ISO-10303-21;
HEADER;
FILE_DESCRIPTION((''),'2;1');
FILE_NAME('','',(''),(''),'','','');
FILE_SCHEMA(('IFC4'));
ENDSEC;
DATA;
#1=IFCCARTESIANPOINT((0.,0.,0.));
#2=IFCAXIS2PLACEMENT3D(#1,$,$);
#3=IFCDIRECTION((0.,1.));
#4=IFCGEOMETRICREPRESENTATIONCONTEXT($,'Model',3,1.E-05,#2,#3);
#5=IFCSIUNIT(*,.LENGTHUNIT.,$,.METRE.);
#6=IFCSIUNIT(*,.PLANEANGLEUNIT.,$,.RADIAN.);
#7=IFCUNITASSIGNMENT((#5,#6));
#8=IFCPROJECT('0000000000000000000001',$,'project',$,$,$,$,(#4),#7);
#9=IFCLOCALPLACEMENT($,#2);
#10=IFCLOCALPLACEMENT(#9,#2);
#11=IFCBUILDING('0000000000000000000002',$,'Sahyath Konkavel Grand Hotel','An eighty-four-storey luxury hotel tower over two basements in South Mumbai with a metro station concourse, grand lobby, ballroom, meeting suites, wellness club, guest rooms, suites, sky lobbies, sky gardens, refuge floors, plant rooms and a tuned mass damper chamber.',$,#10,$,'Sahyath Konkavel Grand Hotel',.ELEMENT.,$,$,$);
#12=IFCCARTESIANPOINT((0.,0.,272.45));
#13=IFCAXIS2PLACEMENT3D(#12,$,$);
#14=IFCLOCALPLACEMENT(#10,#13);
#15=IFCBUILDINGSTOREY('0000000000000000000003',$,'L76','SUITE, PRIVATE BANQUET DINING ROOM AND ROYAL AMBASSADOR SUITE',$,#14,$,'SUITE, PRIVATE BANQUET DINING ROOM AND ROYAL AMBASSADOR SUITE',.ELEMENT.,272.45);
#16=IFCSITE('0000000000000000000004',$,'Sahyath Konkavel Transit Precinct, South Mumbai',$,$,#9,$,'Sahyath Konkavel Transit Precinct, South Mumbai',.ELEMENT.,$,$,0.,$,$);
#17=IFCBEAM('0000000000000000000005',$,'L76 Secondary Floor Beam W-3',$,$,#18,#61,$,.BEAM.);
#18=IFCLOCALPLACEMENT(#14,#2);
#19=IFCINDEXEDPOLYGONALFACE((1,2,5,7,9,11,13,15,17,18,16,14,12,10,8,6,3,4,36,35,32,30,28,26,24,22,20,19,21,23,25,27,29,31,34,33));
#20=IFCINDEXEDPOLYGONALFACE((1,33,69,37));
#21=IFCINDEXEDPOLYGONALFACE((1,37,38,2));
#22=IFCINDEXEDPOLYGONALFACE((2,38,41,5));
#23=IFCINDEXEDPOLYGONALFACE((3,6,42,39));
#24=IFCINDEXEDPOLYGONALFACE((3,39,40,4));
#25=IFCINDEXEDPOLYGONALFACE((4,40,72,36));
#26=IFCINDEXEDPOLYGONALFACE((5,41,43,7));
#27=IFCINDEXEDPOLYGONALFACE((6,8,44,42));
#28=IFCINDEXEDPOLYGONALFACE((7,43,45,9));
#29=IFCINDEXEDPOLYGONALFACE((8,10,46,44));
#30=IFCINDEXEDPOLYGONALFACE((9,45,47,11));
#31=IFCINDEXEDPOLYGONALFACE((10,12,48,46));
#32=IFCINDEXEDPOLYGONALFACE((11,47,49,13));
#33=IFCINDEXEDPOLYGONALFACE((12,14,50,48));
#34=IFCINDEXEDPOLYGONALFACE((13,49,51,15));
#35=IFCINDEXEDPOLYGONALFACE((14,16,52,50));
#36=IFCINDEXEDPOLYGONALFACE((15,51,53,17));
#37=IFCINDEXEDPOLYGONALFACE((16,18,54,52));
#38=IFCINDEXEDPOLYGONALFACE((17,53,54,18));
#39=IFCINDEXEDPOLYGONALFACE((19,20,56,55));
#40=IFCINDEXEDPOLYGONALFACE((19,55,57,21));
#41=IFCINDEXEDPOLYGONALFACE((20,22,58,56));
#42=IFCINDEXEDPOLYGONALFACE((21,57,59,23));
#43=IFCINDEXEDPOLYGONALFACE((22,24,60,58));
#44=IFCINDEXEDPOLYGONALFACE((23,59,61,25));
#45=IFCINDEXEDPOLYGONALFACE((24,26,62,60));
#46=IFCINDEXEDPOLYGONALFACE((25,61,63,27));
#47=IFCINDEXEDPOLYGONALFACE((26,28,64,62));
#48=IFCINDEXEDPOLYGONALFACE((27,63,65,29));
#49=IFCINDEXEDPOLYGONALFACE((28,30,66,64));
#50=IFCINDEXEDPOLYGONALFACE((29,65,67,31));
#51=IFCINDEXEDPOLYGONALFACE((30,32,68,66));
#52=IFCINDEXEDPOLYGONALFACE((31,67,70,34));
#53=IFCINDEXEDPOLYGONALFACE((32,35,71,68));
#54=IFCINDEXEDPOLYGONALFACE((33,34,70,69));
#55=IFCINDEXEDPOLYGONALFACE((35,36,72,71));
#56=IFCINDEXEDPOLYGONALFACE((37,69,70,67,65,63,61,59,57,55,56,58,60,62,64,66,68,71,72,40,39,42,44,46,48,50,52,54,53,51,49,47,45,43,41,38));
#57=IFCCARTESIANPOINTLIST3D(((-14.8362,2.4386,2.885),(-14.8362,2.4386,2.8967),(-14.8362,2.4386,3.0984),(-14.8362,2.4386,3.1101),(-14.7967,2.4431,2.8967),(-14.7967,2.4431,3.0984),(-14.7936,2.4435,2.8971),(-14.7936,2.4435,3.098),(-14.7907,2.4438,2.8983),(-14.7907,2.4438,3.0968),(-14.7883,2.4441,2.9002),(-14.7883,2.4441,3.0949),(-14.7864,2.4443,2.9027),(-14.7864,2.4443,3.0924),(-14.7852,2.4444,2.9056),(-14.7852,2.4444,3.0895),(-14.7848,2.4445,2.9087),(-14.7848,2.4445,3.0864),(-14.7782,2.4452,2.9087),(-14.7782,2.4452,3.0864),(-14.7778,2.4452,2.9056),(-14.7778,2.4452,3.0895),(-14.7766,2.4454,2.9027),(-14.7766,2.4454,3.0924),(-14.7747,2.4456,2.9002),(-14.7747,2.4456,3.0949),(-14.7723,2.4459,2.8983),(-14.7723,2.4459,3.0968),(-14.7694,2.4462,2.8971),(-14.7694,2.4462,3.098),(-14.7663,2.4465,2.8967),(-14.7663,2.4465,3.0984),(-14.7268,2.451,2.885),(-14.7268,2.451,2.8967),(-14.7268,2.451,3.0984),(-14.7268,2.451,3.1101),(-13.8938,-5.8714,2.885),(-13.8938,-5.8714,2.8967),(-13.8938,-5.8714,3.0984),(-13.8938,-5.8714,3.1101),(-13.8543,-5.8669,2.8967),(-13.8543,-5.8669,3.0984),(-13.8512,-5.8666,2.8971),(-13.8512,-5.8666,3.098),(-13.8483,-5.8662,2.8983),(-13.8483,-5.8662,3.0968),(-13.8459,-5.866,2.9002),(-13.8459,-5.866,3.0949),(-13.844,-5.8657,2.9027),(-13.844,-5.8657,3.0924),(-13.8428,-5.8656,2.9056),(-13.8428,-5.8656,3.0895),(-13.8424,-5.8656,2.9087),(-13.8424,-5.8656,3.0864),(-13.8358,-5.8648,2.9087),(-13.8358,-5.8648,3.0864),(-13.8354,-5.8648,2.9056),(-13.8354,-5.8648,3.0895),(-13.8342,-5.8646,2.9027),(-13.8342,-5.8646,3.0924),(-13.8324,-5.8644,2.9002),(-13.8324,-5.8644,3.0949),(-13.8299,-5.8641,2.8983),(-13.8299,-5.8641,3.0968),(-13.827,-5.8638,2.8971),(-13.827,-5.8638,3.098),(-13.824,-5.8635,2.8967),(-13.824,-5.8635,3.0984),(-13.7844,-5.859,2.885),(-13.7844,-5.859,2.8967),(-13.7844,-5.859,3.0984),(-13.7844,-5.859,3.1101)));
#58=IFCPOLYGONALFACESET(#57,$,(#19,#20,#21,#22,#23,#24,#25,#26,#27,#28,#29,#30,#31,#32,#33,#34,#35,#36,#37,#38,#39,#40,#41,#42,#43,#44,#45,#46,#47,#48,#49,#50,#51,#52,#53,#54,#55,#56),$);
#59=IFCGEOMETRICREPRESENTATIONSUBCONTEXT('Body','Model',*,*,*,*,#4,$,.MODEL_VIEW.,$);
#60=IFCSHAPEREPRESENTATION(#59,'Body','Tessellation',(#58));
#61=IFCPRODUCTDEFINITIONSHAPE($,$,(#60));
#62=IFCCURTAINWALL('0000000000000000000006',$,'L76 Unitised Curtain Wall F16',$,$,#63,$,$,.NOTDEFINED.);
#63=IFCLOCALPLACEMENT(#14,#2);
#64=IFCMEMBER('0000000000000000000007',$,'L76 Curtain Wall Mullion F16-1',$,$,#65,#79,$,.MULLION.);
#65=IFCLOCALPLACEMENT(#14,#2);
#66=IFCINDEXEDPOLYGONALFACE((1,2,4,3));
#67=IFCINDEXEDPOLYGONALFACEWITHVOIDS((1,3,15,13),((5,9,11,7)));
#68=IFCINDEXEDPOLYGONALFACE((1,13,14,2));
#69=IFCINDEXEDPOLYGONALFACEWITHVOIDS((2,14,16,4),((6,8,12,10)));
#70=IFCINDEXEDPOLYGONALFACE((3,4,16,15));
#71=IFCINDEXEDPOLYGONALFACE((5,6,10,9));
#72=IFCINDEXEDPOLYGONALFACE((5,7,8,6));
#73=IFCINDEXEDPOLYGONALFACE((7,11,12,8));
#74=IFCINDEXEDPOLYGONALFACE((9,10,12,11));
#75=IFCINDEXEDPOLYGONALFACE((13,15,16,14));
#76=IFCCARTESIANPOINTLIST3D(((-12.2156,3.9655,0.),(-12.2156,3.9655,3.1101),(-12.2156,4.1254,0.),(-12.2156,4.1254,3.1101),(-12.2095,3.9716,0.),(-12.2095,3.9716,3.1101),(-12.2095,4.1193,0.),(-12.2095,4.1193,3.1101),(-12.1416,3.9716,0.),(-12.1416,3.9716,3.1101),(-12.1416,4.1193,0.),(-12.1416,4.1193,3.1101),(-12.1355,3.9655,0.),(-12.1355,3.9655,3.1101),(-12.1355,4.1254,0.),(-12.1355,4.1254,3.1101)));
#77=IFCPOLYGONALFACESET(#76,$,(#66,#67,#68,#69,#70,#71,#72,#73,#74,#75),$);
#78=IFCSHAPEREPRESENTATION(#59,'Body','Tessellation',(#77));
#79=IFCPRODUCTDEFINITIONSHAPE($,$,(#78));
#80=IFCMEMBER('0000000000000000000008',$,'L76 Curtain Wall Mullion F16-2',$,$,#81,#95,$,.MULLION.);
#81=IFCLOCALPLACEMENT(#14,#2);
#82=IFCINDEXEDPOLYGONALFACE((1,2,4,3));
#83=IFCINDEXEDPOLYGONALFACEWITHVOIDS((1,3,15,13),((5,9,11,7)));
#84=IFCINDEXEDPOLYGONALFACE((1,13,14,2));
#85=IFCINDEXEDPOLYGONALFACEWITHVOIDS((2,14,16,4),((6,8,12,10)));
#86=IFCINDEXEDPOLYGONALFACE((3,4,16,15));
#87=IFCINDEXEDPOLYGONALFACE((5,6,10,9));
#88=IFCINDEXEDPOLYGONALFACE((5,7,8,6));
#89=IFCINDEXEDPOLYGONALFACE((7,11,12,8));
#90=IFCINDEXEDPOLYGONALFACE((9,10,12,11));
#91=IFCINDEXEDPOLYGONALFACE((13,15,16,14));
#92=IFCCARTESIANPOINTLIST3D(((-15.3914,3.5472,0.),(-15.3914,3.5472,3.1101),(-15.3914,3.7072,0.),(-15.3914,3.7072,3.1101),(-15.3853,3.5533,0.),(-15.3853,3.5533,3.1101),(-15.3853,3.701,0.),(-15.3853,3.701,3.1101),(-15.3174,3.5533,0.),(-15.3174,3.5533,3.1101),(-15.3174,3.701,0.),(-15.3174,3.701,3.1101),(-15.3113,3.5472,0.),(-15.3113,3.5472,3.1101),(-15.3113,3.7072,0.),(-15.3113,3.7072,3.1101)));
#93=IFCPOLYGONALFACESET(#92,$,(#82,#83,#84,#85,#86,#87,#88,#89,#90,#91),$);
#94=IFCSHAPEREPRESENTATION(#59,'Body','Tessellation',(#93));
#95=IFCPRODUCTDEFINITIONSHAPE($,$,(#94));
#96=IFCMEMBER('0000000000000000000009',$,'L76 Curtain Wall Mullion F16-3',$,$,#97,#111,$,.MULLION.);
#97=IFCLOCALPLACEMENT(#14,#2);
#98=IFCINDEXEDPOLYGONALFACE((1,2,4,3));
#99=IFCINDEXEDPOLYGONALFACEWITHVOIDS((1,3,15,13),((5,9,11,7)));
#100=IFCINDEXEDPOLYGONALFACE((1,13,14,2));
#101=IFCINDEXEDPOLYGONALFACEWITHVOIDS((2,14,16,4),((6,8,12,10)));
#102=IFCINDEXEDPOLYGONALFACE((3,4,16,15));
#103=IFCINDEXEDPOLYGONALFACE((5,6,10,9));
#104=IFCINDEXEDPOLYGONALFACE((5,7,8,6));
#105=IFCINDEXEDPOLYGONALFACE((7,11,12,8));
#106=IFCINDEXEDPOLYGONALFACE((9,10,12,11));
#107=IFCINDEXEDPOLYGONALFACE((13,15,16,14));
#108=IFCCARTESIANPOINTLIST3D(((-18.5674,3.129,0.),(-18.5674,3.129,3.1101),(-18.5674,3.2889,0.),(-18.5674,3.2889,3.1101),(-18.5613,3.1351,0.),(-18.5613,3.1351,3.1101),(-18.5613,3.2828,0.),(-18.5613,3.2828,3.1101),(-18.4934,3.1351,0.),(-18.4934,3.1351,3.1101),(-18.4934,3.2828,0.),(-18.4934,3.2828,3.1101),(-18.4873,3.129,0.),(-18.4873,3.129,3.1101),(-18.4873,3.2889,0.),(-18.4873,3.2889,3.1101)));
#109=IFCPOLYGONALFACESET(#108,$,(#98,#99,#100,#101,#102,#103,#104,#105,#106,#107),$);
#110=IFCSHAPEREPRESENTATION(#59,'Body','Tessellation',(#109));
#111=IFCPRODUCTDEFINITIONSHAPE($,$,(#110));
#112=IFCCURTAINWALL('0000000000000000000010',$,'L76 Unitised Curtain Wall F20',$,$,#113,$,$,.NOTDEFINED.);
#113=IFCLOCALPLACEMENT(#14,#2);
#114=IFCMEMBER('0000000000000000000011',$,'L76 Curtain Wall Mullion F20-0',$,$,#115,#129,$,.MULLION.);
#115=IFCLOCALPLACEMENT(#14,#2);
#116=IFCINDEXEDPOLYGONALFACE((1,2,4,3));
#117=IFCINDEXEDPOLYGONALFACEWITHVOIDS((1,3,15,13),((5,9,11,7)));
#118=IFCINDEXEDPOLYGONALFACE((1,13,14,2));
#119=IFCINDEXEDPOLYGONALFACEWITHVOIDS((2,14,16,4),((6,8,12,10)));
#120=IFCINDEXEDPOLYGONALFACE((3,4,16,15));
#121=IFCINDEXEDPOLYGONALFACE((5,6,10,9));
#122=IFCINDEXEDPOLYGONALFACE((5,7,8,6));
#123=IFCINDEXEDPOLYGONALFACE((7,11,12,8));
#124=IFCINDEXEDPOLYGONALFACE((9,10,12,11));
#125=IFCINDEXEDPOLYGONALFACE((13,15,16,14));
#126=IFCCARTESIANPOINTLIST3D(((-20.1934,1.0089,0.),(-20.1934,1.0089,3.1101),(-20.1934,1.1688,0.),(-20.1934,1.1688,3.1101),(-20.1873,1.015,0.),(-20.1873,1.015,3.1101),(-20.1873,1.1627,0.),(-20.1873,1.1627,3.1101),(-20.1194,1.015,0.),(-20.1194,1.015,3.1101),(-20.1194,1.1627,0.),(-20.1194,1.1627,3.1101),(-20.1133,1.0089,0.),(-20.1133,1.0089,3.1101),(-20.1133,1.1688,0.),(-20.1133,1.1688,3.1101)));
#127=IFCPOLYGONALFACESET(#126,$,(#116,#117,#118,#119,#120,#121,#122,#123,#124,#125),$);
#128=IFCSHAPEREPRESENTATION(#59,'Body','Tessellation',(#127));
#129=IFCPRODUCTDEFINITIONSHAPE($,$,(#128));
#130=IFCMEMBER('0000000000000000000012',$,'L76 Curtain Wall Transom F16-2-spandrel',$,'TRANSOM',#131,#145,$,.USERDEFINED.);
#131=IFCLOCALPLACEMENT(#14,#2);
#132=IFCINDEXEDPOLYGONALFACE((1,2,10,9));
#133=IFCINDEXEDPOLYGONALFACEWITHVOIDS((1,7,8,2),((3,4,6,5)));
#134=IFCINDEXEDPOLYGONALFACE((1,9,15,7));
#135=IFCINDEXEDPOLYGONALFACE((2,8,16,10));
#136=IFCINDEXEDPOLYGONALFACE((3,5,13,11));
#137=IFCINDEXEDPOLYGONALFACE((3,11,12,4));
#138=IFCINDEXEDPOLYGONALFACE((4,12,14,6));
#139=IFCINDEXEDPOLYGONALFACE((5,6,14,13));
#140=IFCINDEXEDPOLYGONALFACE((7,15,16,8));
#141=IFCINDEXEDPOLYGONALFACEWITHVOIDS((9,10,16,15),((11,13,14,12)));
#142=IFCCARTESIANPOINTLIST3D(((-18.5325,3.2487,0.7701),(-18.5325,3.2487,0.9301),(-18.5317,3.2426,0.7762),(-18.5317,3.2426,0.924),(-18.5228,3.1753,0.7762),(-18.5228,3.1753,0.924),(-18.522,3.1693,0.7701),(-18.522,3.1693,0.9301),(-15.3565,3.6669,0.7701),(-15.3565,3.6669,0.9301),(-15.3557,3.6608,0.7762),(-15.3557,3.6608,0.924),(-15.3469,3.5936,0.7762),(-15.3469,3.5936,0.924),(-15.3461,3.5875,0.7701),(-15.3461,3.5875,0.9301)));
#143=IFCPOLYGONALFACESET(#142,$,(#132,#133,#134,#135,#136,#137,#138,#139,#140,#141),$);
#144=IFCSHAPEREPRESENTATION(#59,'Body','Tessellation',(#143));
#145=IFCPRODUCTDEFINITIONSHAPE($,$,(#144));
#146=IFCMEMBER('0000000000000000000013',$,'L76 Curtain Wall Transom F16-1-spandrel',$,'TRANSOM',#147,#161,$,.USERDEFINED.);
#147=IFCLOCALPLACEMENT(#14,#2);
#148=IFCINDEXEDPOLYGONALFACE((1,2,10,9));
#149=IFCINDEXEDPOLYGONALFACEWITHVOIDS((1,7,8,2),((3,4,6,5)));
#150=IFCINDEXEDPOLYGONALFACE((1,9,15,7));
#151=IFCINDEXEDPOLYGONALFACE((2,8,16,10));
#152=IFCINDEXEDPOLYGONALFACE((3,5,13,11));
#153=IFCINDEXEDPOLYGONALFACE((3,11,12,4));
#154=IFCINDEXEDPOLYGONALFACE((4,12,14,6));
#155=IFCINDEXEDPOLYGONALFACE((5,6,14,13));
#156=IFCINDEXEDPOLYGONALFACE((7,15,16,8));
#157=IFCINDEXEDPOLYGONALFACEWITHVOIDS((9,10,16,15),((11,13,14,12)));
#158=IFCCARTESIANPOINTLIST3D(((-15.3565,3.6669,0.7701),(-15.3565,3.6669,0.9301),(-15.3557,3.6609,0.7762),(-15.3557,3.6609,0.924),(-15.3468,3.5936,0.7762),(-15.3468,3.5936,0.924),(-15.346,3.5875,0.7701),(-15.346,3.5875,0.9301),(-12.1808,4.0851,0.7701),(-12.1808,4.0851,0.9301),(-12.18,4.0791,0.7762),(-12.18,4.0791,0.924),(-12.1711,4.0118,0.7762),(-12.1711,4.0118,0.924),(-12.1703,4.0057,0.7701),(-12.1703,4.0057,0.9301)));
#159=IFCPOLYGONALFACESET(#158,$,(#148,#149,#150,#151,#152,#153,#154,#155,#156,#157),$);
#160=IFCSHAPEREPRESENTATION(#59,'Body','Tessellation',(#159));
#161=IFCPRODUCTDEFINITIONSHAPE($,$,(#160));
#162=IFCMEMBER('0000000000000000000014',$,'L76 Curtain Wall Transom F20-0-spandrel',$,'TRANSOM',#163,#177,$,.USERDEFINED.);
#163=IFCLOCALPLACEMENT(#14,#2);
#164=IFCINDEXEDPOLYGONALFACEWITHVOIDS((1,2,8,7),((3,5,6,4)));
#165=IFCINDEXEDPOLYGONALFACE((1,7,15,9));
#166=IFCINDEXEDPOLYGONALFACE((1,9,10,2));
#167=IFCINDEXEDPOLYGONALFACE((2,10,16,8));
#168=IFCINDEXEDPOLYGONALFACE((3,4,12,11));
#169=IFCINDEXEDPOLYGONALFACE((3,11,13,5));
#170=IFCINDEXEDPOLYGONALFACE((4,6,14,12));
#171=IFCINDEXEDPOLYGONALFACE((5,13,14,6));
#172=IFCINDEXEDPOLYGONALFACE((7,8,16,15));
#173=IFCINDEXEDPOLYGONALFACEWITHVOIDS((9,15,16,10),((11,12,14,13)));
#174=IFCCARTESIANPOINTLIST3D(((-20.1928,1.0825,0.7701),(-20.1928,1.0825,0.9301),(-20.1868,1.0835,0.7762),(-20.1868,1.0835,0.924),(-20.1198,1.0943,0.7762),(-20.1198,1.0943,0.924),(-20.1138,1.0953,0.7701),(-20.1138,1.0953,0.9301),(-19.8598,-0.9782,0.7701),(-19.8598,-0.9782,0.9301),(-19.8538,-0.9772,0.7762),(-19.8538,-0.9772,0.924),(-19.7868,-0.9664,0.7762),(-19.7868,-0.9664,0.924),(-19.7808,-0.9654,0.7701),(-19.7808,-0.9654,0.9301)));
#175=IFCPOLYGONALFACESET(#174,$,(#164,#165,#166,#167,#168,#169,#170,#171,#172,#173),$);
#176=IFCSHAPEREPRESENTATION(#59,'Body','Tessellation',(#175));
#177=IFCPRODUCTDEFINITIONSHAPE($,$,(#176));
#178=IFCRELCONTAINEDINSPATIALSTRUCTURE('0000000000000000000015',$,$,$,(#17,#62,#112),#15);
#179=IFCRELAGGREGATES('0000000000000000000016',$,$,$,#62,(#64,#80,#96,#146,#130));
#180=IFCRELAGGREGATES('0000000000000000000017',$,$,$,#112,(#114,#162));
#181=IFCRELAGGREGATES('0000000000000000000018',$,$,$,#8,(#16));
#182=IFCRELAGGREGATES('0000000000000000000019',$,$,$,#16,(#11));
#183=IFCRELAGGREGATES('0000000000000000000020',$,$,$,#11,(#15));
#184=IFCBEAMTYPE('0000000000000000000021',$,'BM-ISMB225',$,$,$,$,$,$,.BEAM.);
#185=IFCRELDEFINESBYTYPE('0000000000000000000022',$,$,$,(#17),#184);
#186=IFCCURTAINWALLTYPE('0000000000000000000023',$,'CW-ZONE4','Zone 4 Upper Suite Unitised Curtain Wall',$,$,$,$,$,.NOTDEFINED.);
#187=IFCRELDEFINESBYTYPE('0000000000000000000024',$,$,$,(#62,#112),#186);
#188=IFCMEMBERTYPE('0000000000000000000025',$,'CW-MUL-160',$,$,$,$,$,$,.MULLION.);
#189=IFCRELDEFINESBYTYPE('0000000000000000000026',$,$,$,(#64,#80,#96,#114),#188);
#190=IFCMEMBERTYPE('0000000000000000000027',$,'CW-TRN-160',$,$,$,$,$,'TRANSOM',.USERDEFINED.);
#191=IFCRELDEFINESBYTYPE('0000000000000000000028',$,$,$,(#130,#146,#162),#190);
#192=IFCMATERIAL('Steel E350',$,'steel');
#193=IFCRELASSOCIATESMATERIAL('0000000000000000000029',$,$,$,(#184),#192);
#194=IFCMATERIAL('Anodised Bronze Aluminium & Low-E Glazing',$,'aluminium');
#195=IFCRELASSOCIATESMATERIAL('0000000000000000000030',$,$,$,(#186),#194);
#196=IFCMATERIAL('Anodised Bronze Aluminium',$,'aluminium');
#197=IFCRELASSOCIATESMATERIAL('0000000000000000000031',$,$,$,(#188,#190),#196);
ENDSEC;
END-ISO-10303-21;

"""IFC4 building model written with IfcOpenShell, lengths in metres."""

from ifc_helpers import new_model, si_unit, direction, frame, origin, origin_2d, place, context, subcontext, project, spatial, hollow_rectangle, i_section, extrude, source, transform, mapped, material, material_profile, profile_set, type_object, element, aggregate, save


model = new_model("IFC4")

# Units and contexts
model_context = context("Model", 3, precision=1e-05, world=origin(), true_north=direction((0.0, 1.0)))
body_context = subcontext(model_context, "Body", "Model", "MODEL_VIEW")
ifc_project = project(units=[si_unit("LENGTHUNIT", "METRE"), si_unit("PLANEANGLEUNIT", "RADIAN")], contexts=[model_context])

# Site, building, storey
site_placement = place(None, origin())
site = spatial("IfcSite", under=ifc_project, at=site_placement, Name="Sahyath Konkavel Transit Precinct, South Mumbai", LongName="Sahyath Konkavel Transit Precinct, South Mumbai", CompositionType="ELEMENT", RefElevation=0.0)
building_placement = place(site_placement, origin())
building = spatial("IfcBuilding", under=site, at=building_placement, Name="Sahyath Konkavel Grand Hotel", Description="An eighty-four-storey luxury hotel tower over two basements in South Mumbai with a metro station concourse, grand lobby, ballroom, meeting suites, wellness club, guest rooms, suites, sky lobbies, sky gardens, refuge floors, plant rooms and a tuned mass damper chamber.", LongName="Sahyath Konkavel Grand Hotel", CompositionType="ELEMENT")
storey_placement = place(building_placement, frame((0.0, 0.0, 272.45)))
storey = spatial("IfcBuildingStorey", under=building, at=storey_placement, Name="L76", Description="SUITE, PRIVATE BANQUET DINING ROOM AND ROYAL AMBASSADOR SUITE", LongName="SUITE, PRIVATE BANQUET DINING ROOM AND ROYAL AMBASSADOR SUITE", CompositionType="ELEMENT", Elevation=272.45)

# Beam
ifc_material_1 = material(Name="Steel E350", Category="steel")
ifc_material_profile_1 = material_profile(ifc_material_1, i_section(OverallWidth=0.1101, OverallDepth=0.2251, WebThickness=0.0066, FlangeThickness=0.0117, FilletRadius=0.012, at=origin_2d()), Name="ISMB 225")
ifc_profile_set_1 = profile_set([ifc_material_profile_1], Name="Steel E350")
beam_type_1 = type_object("IfcBeamType", Name="BM-ISMB225", PredefinedType="BEAM", material=ifc_profile_set_1)
shared_shape_1 = source(origin(), body_context, "Body", "SweptSolid", [
    extrude(i_section(OverallWidth=0.1101, OverallDepth=0.2251, WebThickness=0.0066, FlangeThickness=0.0117, FilletRadius=0.012, at=origin_2d()), origin(), (0.0, 0.0, 1.0), 8.3633),
])
beam_1_placement = place(storey_placement, frame((-14.7815, 2.4448, 2.9976), z_axis=(0.11268, -0.993631, 0.0), x_axis=(0.993631, 0.11268, 0.0)))
element("IfcBeam", 1, at=beam_1_placement, inside=storey, type_object=beam_type_1, Name="L76 Secondary Floor Beam W-3", PredefinedType="BEAM", context=body_context, shape_type="MappedRepresentation", body=[
    mapped(shared_shape_1, transform((0.0, 0.0, 0.0), scale=1.0)),
])

# Curtain wall, members
ifc_material_2 = material(Name="Anodised Bronze Aluminium & Low-E Glazing", Category="aluminium")
curtain_wall_type = type_object("IfcCurtainWallType", Name="CW-ZONE4", Description="Zone 4 Upper Suite Unitised Curtain Wall", PredefinedType="NOTDEFINED", material=ifc_material_2)
curtain_wall_1_placement = place(storey_placement, origin())
curtain_wall_1 = element("IfcCurtainWall", 2, at=curtain_wall_1_placement, inside=storey, type_object=curtain_wall_type, Name="L76 Unitised Curtain Wall F16", PredefinedType="NOTDEFINED")
ifc_material_3 = material(Name="Anodised Bronze Aluminium", Category="aluminium")
ifc_material_profile_2 = material_profile(ifc_material_3, hollow_rectangle(XDim=0.0801, YDim=0.1599, WallThickness=0.0061, at=origin_2d()), Name="RHS 160x80x6")
ifc_profile_set_2 = profile_set([ifc_material_profile_2], Name="Anodised Bronze Aluminium")
member_type_1 = type_object("IfcMemberType", Name="CW-MUL-160", PredefinedType="MULLION", material=ifc_profile_set_2)
shared_shape_2 = source(origin(), body_context, "Body", "SweptSolid", [
    extrude(hollow_rectangle(XDim=0.0801, YDim=0.1599, WallThickness=0.0061, at=origin_2d()), origin(), (0.0, 0.0, 1.0), 3.1101),
])
member_1_placement = place(storey_placement, frame((-12.1755, 4.0454, 0.0), z_axis=(0.0, 0.0, 1.0), x_axis=(1.0, 0.0, 0.0)))
member_1 = element("IfcMember", 3, at=member_1_placement, type_object=member_type_1, Name="L76 Curtain Wall Mullion F16-1", PredefinedType="MULLION", context=body_context, shape_type="MappedRepresentation", body=[
    mapped(shared_shape_2, transform((0.0, 0.0, 0.0), scale=1.0)),
])
member_2_placement = place(storey_placement, frame((-15.3513, 3.6272, 0.0), z_axis=(0.0, 0.0, 1.0), x_axis=(1.0, 0.0, 0.0)))
member_2 = element("IfcMember", 4, at=member_2_placement, type_object=member_type_1, Name="L76 Curtain Wall Mullion F16-2", PredefinedType="MULLION", context=body_context, shape_type="MappedRepresentation", body=[
    mapped(shared_shape_2, transform((0.0, 0.0, 0.0), scale=1.0)),
])
member_3_placement = place(storey_placement, frame((-18.5273, 3.209, 0.0), z_axis=(0.0, 0.0, 1.0), x_axis=(1.0, 0.0, 0.0)))
member_3 = element("IfcMember", 5, at=member_3_placement, type_object=member_type_1, Name="L76 Curtain Wall Mullion F16-3", PredefinedType="MULLION", context=body_context, shape_type="MappedRepresentation", body=[
    mapped(shared_shape_2, transform((0.0, 0.0, 0.0), scale=1.0)),
])

# Curtain wall, member
curtain_wall_2_placement = place(storey_placement, origin())
curtain_wall_2 = element("IfcCurtainWall", 6, at=curtain_wall_2_placement, inside=storey, type_object=curtain_wall_type, Name="L76 Unitised Curtain Wall F20", PredefinedType="NOTDEFINED")
member_4_placement = place(storey_placement, frame((-20.1533, 1.0889, 0.0), z_axis=(0.0, 0.0, 1.0), x_axis=(1.0, 0.0, 0.0)))
member_4 = element("IfcMember", 7, at=member_4_placement, type_object=member_type_1, Name="L76 Curtain Wall Mullion F20-0", PredefinedType="MULLION", context=body_context, shape_type="MappedRepresentation", body=[
    mapped(shared_shape_2, transform((0.0, 0.0, 0.0), scale=1.0)),
])

# Members
ifc_material_profile_3 = material_profile(ifc_material_3, hollow_rectangle(XDim=0.0801, YDim=0.1599, WallThickness=0.0061, at=origin_2d()), Name="RHS 160x80x6")
ifc_profile_set_3 = profile_set([ifc_material_profile_3], Name="Anodised Bronze Aluminium")
member_type_2 = type_object("IfcMemberType", Name="CW-TRN-160", ElementType="TRANSOM", PredefinedType="USERDEFINED", material=ifc_profile_set_3)
shared_shape_3 = source(origin(), body_context, "Body", "SweptSolid", [
    extrude(hollow_rectangle(XDim=0.0801, YDim=0.1599, WallThickness=0.0061, at=origin_2d()), origin(), (0.0, 0.0, 1.0), 3.2034),
])
member_5_placement = place(storey_placement, frame((-15.3513, 3.6272, 0.8501), z_axis=(-0.991442, -0.130551, 0.0), x_axis=(0.130551, -0.991442, 0.0)))
member_5 = element("IfcMember", 8, at=member_5_placement, type_object=member_type_2, Name="L76 Curtain Wall Transom F16-2-spandrel", ObjectType="TRANSOM", PredefinedType="USERDEFINED", context=body_context, shape_type="MappedRepresentation", body=[
    mapped(shared_shape_3, transform((0.0, 0.0, 0.0), scale=1.0)),
])
shared_shape_4 = source(origin(), body_context, "Body", "SweptSolid", [
    extrude(hollow_rectangle(XDim=0.0801, YDim=0.1599, WallThickness=0.0061, at=origin_2d()), origin(), (0.0, 0.0, 1.0), 3.2031),
])
member_6_placement = place(storey_placement, frame((-12.1755, 4.0454, 0.8501), z_axis=(-0.99144, -0.130561, 0.0), x_axis=(0.130561, -0.99144, 0.0)))
member_6 = element("IfcMember", 9, at=member_6_placement, type_object=member_type_2, Name="L76 Curtain Wall Transom F16-1-spandrel", ObjectType="TRANSOM", PredefinedType="USERDEFINED", context=body_context, shape_type="MappedRepresentation", body=[
    mapped(shared_shape_4, transform((0.0, 0.0, 0.0), scale=1.0)),
])
shared_shape_5 = source(origin(), body_context, "Body", "SweptSolid", [
    extrude(hollow_rectangle(XDim=0.0801, YDim=0.1599, WallThickness=0.0061, at=origin_2d()), origin(), (0.0, 0.0, 1.0), 2.0874),
])
member_7_placement = place(storey_placement, frame((-20.1533, 1.0889, 0.8501), z_axis=(0.159541, -0.987191, 0.0), x_axis=(0.987191, 0.159541, 0.0)))
member_7 = element("IfcMember", 10, at=member_7_placement, type_object=member_type_2, Name="L76 Curtain Wall Transom F20-0-spandrel", ObjectType="TRANSOM", PredefinedType="USERDEFINED", context=body_context, shape_type="MappedRepresentation", body=[
    mapped(shared_shape_5, transform((0.0, 0.0, 0.0), scale=1.0)),
])

aggregate(curtain_wall_1, [member_1, member_2, member_3, member_6, member_5])
aggregate(curtain_wall_2, [member_4, member_7])

save(model, "model.ifc")
